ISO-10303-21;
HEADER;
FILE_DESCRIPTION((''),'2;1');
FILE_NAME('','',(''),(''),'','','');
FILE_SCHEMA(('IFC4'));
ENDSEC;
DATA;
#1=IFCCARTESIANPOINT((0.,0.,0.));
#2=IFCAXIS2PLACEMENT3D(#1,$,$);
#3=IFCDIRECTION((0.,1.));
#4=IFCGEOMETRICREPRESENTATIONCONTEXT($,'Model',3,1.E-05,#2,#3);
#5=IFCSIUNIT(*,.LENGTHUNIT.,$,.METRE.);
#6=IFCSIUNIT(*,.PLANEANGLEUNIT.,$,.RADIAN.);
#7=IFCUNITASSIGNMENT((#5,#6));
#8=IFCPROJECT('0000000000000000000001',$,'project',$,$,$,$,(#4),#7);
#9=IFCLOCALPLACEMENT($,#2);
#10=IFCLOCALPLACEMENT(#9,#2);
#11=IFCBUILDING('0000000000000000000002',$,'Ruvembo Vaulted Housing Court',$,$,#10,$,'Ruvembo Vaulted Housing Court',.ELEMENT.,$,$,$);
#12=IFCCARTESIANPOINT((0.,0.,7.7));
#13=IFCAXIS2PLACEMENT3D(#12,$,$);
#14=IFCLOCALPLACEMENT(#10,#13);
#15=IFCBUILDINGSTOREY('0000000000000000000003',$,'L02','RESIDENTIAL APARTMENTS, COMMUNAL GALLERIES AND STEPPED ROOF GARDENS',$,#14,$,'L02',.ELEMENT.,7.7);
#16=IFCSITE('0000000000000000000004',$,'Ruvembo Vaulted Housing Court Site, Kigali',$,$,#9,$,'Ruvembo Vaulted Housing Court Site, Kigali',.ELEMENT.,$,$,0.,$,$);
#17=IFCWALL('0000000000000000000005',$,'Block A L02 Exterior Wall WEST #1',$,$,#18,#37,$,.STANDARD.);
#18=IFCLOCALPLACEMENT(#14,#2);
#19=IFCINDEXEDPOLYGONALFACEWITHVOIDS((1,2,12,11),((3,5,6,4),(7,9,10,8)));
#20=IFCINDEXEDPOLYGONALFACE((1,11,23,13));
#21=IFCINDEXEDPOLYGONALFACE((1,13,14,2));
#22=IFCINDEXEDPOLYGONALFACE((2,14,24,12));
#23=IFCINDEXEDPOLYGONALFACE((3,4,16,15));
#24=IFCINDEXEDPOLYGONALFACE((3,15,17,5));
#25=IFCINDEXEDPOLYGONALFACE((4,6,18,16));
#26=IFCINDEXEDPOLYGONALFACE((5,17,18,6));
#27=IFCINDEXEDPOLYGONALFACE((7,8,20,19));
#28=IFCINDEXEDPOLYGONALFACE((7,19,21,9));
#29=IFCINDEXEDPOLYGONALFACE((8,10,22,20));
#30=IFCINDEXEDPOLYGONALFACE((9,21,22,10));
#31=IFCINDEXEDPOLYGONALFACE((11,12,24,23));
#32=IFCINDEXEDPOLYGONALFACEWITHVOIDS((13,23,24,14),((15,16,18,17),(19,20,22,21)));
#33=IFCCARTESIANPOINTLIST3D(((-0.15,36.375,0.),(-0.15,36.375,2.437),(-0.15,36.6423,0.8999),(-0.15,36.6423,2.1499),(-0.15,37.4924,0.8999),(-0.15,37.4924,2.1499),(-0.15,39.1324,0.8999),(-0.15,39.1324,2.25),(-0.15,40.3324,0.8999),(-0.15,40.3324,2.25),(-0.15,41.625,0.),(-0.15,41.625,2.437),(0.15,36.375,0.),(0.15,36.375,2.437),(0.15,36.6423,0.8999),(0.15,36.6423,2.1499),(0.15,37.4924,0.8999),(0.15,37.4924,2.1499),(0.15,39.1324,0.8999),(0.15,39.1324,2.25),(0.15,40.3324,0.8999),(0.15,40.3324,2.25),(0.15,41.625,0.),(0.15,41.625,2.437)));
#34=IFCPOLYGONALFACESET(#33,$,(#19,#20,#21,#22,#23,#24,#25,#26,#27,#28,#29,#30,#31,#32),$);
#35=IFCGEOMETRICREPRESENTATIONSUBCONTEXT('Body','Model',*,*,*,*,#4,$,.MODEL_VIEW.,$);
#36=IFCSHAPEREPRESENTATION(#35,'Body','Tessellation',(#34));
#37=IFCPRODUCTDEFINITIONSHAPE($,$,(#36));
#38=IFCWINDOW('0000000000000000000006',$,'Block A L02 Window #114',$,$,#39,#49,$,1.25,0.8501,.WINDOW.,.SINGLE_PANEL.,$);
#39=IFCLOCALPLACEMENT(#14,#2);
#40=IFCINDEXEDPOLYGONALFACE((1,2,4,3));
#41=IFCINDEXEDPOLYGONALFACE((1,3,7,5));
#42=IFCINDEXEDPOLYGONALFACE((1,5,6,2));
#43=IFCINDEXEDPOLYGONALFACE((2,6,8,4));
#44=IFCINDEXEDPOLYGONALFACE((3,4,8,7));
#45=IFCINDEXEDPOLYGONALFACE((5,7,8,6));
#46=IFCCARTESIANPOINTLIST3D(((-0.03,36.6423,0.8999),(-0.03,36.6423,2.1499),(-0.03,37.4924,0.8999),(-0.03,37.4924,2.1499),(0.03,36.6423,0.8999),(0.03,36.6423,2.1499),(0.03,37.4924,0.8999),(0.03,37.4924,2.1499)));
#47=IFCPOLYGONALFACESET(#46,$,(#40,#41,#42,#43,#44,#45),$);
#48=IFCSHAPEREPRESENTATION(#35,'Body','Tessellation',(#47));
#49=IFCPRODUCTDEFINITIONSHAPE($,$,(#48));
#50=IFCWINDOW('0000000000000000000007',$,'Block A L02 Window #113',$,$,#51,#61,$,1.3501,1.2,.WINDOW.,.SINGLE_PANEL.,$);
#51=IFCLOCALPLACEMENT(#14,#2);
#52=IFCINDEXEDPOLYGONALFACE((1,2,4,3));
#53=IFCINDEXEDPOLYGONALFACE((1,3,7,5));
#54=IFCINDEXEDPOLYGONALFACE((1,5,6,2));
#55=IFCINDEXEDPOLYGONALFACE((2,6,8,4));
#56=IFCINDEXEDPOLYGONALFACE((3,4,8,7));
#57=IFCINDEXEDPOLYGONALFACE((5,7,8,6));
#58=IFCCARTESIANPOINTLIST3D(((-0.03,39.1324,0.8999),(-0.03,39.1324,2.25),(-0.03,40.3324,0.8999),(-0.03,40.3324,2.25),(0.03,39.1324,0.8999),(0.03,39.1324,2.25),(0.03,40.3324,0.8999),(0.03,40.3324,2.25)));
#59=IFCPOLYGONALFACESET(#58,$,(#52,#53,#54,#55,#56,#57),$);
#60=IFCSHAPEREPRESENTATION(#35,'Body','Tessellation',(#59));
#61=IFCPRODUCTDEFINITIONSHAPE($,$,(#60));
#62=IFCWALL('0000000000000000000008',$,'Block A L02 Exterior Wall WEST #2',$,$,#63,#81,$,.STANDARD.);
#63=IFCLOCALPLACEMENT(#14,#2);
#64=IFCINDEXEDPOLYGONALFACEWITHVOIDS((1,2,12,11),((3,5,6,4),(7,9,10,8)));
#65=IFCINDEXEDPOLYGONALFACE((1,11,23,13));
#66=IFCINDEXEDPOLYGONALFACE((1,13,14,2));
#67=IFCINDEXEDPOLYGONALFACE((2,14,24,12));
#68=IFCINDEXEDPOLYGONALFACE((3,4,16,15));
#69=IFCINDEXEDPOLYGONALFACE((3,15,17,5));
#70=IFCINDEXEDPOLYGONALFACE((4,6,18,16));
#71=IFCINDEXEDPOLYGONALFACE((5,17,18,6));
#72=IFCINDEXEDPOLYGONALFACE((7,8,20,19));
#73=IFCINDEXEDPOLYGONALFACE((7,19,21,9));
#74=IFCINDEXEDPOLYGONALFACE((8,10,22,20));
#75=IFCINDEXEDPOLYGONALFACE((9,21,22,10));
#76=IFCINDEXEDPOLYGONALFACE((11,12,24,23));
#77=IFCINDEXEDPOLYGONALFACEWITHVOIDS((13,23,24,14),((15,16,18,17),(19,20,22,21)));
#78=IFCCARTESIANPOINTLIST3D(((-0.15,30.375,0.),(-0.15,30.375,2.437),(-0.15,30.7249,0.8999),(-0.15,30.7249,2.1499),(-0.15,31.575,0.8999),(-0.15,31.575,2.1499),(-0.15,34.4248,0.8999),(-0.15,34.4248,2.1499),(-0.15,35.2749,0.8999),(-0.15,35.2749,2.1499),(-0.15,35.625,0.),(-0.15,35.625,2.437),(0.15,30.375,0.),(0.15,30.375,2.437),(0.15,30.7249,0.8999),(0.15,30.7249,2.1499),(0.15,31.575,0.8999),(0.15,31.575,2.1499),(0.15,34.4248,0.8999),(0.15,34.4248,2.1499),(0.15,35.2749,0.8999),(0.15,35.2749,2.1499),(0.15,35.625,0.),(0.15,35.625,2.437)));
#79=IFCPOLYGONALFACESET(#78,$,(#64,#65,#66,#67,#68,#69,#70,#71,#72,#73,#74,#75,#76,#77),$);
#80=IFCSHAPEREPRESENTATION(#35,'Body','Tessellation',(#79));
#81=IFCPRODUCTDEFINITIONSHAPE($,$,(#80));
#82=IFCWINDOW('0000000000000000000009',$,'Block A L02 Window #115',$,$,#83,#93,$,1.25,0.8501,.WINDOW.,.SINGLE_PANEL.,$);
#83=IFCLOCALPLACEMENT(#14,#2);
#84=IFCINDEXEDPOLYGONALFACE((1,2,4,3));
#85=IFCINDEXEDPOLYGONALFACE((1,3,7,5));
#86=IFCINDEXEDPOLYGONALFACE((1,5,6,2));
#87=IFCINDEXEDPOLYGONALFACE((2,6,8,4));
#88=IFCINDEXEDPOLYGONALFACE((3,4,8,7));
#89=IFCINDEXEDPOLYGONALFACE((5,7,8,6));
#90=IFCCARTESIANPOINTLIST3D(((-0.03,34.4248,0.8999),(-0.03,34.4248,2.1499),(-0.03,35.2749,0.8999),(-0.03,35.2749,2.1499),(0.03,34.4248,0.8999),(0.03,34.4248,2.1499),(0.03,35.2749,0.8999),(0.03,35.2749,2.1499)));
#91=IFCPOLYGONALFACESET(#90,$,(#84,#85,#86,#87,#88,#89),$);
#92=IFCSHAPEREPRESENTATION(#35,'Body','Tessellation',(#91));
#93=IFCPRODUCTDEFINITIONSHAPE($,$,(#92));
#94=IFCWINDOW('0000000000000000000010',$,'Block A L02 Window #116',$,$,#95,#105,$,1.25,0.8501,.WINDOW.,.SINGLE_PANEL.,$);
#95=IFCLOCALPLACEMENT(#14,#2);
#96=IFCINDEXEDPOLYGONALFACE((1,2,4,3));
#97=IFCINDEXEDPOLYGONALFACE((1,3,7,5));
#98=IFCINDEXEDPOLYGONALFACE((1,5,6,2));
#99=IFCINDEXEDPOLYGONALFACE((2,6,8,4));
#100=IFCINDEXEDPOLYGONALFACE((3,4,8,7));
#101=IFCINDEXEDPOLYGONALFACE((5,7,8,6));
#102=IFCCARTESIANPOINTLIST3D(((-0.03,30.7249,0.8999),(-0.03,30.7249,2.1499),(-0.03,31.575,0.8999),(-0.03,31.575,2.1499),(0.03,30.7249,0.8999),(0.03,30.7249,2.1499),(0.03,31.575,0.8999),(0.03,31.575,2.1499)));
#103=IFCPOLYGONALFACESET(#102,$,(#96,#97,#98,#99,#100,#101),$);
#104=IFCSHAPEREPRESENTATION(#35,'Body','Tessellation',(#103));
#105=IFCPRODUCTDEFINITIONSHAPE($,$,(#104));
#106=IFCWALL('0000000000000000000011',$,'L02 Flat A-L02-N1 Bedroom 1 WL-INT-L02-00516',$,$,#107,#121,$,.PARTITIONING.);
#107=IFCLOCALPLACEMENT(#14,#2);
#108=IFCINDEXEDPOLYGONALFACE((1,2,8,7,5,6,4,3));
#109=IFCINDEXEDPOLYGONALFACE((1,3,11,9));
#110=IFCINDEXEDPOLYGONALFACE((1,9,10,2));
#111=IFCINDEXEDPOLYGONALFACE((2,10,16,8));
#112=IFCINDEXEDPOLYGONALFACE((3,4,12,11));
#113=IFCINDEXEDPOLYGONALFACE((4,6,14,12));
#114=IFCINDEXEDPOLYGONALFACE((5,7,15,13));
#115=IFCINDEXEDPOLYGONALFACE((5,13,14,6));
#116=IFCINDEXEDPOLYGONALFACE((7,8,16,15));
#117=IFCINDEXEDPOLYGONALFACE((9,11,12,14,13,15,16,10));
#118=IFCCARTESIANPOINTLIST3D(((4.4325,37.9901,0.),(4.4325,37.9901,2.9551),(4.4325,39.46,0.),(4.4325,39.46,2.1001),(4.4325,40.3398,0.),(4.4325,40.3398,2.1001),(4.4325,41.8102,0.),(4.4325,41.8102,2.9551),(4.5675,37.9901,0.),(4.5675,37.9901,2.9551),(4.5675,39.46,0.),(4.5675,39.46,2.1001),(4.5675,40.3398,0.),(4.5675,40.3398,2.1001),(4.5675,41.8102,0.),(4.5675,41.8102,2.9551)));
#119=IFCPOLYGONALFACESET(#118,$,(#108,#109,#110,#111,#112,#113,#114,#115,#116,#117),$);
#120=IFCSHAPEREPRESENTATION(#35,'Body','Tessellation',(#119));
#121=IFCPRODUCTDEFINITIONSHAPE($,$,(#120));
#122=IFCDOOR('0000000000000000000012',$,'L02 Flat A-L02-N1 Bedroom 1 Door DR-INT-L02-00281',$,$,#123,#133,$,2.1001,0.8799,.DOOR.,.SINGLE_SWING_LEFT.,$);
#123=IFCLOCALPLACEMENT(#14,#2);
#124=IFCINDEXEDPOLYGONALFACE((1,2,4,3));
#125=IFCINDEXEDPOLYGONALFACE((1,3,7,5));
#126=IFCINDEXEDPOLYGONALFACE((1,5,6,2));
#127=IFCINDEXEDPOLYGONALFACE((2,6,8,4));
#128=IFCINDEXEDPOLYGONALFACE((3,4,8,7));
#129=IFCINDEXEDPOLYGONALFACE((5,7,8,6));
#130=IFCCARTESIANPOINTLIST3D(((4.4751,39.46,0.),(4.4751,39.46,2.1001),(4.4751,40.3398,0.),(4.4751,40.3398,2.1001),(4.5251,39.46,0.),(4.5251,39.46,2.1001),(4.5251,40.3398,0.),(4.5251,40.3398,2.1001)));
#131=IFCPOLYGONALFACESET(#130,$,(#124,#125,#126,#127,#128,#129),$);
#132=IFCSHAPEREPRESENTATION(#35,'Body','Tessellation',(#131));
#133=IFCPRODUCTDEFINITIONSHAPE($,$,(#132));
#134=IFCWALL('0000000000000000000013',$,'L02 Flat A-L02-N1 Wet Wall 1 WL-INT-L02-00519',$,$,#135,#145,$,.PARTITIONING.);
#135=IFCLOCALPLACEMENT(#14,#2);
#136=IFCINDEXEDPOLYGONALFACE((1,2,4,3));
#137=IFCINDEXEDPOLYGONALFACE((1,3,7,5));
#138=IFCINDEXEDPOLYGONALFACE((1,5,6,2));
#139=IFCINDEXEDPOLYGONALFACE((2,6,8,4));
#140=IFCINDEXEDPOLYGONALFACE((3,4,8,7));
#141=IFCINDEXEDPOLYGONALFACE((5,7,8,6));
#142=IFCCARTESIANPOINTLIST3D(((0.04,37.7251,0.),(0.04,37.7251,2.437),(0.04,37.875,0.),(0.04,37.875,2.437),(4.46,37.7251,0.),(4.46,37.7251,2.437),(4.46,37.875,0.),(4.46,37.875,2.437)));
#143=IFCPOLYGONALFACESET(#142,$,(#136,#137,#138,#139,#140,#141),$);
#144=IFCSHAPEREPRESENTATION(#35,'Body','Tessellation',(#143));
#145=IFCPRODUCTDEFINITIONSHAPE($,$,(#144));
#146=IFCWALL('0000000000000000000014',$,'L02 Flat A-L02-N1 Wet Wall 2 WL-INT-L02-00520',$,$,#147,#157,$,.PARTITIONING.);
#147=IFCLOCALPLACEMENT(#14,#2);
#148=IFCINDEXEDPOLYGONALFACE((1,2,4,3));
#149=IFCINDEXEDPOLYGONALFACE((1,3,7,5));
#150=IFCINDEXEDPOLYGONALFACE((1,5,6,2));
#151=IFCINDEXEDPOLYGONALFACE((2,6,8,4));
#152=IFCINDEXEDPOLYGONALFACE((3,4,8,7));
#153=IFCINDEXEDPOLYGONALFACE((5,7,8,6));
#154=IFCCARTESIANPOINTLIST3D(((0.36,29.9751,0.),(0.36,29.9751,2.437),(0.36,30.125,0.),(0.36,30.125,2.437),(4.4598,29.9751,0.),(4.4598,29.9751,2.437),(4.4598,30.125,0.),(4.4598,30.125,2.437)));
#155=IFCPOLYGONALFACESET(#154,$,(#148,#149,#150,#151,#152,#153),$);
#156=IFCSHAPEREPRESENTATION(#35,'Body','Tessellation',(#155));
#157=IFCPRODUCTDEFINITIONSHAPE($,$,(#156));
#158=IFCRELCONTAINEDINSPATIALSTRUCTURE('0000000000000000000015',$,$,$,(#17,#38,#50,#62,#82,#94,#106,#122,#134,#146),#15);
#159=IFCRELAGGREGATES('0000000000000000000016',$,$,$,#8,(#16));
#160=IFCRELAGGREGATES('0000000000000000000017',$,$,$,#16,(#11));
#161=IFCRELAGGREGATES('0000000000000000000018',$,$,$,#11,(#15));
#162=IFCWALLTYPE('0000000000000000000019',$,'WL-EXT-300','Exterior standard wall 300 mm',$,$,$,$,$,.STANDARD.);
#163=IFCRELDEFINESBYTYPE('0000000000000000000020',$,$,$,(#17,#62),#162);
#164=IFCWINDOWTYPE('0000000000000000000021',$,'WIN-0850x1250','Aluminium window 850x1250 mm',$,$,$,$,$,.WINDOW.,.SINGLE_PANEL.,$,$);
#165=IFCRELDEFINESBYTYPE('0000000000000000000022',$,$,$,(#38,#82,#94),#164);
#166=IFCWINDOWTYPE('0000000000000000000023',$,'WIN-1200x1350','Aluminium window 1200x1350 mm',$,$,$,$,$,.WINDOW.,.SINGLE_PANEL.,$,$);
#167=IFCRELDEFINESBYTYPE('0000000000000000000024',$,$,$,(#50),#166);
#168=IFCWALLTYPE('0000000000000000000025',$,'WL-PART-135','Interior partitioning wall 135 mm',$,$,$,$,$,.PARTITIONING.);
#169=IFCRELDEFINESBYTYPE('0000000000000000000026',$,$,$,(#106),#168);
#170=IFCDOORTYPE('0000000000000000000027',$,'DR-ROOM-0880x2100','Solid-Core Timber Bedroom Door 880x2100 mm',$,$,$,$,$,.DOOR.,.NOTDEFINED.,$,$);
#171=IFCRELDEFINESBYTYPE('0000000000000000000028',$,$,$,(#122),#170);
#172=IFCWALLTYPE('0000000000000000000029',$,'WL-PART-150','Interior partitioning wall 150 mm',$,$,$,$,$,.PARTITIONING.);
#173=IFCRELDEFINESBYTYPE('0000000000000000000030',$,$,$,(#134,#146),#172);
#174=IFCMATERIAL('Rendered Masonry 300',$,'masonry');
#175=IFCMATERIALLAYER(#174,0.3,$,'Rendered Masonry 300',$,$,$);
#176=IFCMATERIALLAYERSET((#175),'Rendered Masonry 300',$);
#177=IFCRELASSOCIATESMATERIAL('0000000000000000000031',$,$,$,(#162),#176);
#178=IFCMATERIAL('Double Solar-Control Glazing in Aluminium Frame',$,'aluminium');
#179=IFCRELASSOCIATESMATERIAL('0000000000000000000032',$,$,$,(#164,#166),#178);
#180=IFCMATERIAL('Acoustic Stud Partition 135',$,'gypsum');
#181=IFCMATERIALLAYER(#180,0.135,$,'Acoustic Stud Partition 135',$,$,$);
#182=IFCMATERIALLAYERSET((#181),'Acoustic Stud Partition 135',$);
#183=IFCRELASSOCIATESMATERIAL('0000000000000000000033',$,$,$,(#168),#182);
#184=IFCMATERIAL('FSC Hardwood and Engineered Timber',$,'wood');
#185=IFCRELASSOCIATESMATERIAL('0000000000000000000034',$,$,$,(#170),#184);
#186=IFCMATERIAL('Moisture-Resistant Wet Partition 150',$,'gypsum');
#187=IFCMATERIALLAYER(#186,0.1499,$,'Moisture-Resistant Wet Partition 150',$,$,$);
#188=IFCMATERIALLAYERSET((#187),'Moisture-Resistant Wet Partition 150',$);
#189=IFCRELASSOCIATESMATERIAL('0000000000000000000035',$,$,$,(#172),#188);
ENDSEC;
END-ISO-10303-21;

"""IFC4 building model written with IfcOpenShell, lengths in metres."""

from ifc_helpers import new_model, si_unit, direction, frame, frame_2d, origin, place, context, subcontext, project, spatial, rectangle, extrude, material, layer, layer_set, type_object, element, fill, save


model = new_model("IFC4")

# Units and contexts
model_context = context("Model", 3, precision=1e-05, world=origin(), true_north=direction((0.0, 1.0)))
body_context = subcontext(model_context, "Body", "Model", "MODEL_VIEW")
ifc_project = project(units=[si_unit("LENGTHUNIT", "METRE"), si_unit("PLANEANGLEUNIT", "RADIAN")], contexts=[model_context])

# Site, building, storey
site_placement = place(None, origin())
site = spatial("IfcSite", under=ifc_project, at=site_placement, Name="Ruvembo Vaulted Housing Court Site, Kigali", LongName="Ruvembo Vaulted Housing Court Site, Kigali", CompositionType="ELEMENT", RefElevation=0.0)
building_placement = place(site_placement, origin())
building = spatial("IfcBuilding", under=site, at=building_placement, Name="Ruvembo Vaulted Housing Court", LongName="Ruvembo Vaulted Housing Court", CompositionType="ELEMENT")
storey_placement = place(building_placement, frame((0.0, 0.0, 7.7)))
storey = spatial("IfcBuildingStorey", under=building, at=storey_placement, Name="L02", Description="RESIDENTIAL APARTMENTS, COMMUNAL GALLERIES AND STEPPED ROOF GARDENS", LongName="L02", CompositionType="ELEMENT", Elevation=7.7)

# Walls, openings, windows
ifc_material_1 = material(Name="Rendered Masonry 300", Category="masonry")
ifc_layer_1 = layer(ifc_material_1, 0.3, Name="Rendered Masonry 300")
ifc_layer_set_1 = layer_set([ifc_layer_1], Name="Rendered Masonry 300")
wall_type_1 = type_object("IfcWallType", Name="WL-EXT-300", Description="Exterior standard wall 300 mm", PredefinedType="STANDARD", material=ifc_layer_set_1)
wall_1_placement = place(storey_placement, frame((0.0, 41.625, 0.0), z_axis=(0.0, 0.0, 1.0), x_axis=(0.0, -1.0, 0.0)))
wall_1 = element("IfcWall", 1, at=wall_1_placement, inside=storey, type_object=wall_type_1, Name="Block A L02 Exterior Wall WEST #1", PredefinedType="STANDARD", context=body_context, shape_type="SweptSolid", body=[
    extrude(rectangle(XDim=5.25, YDim=0.3, at=frame_2d((2.625, 0.0))), origin(), (0.0, 0.0, 1.0), 2.437),
])
opening_1_placement = place(wall_1_placement, frame((1.2925, 0.0, 0.8999)))
opening_1 = element("IfcOpeningElement", 2, at=opening_1_placement, cuts=wall_1, PredefinedType="OPENING", context=body_context, shape_type="SweptSolid", body=[
    extrude(rectangle(XDim=1.2, YDim=1.3501, at=frame_2d((0.6001, 0.675))), frame((0.0, 0.1599, 0.0), z_axis=(0.0, -1.0, 0.0), x_axis=(1.0, 0.0, 0.0)), (0.0, 0.0, 1.0), 0.3201),
])
opening_2_placement = place(wall_1_placement, frame((4.1326, 0.0, 0.8999)))
opening_2 = element("IfcOpeningElement", 3, at=opening_2_placement, cuts=wall_1, PredefinedType="OPENING", context=body_context, shape_type="SweptSolid", body=[
    extrude(rectangle(XDim=0.8501, YDim=1.25, at=frame_2d((0.425, 0.625))), frame((0.0, 0.1599, 0.0), z_axis=(0.0, -1.0, 0.0), x_axis=(1.0, 0.0, 0.0)), (0.0, 0.0, 1.0), 0.3201),
])
ifc_material_2 = material(Name="Double Solar-Control Glazing in Aluminium Frame", Category="aluminium")
window_type_1 = type_object("IfcWindowType", Name="WIN-0850x1250", Description="Aluminium window 850x1250 mm", PartitioningType="SINGLE_PANEL", PredefinedType="WINDOW", material=ifc_material_2)
window_1_placement = place(opening_2_placement, origin())
window_1 = element("IfcWindow", 4, at=window_1_placement, inside=storey, type_object=window_type_1, Name="Block A L02 Window #114", OverallHeight=1.25, OverallWidth=0.8501, PartitioningType="SINGLE_PANEL", PredefinedType="WINDOW", context=body_context, shape_type="SweptSolid", body=[
    extrude(rectangle(XDim=0.8501, YDim=1.25, at=frame_2d((0.425, 0.625))), frame((0.0, 0.03, 0.0), z_axis=(0.0, -1.0, 0.0), x_axis=(1.0, 0.0, 0.0)), (0.0, 0.0, 1.0), 0.0601),
])
fill(opening_2, window_1)
window_type_2 = type_object("IfcWindowType", Name="WIN-1200x1350", Description="Aluminium window 1200x1350 mm", PartitioningType="SINGLE_PANEL", PredefinedType="WINDOW", material=ifc_material_2)
window_2_placement = place(opening_1_placement, origin())
window_2 = element("IfcWindow", 5, at=window_2_placement, inside=storey, type_object=window_type_2, Name="Block A L02 Window #113", OverallHeight=1.3501, OverallWidth=1.2, PartitioningType="SINGLE_PANEL", PredefinedType="WINDOW", context=body_context, shape_type="SweptSolid", body=[
    extrude(rectangle(XDim=1.2, YDim=1.3501, at=frame_2d((0.6001, 0.675))), frame((0.0, 0.03, 0.0), z_axis=(0.0, -1.0, 0.0), x_axis=(1.0, 0.0, 0.0)), (0.0, 0.0, 1.0), 0.0601),
])
fill(opening_1, window_2)
wall_2_placement = place(storey_placement, frame((0.0, 35.625, 0.0), z_axis=(0.0, 0.0, 1.0), x_axis=(0.0, -1.0, 0.0)))
wall_2 = element("IfcWall", 6, at=wall_2_placement, inside=storey, type_object=wall_type_1, Name="Block A L02 Exterior Wall WEST #2", PredefinedType="STANDARD", context=body_context, shape_type="SweptSolid", body=[
    extrude(rectangle(XDim=5.25, YDim=0.3, at=frame_2d((2.625, 0.0))), origin(), (0.0, 0.0, 1.0), 2.437),
])
opening_3_placement = place(wall_2_placement, frame((0.3501, 0.0, 0.8999)))
opening_3 = element("IfcOpeningElement", 7, at=opening_3_placement, cuts=wall_2, PredefinedType="OPENING", context=body_context, shape_type="SweptSolid", body=[
    extrude(rectangle(XDim=0.8501, YDim=1.25, at=frame_2d((0.425, 0.625))), frame((0.0, 0.1599, 0.0), z_axis=(0.0, -1.0, 0.0), x_axis=(1.0, 0.0, 0.0)), (0.0, 0.0, 1.0), 0.3201),
])
opening_4_placement = place(wall_2_placement, frame((4.05, 0.0, 0.8999)))
opening_4 = element("IfcOpeningElement", 8, at=opening_4_placement, cuts=wall_2, PredefinedType="OPENING", context=body_context, shape_type="SweptSolid", body=[
    extrude(rectangle(XDim=0.8501, YDim=1.25, at=frame_2d((0.425, 0.625))), frame((0.0, 0.1599, 0.0), z_axis=(0.0, -1.0, 0.0), x_axis=(1.0, 0.0, 0.0)), (0.0, 0.0, 1.0), 0.3201),
])
window_3_placement = place(opening_3_placement, origin())
window_3 = element("IfcWindow", 9, at=window_3_placement, inside=storey, type_object=window_type_1, Name="Block A L02 Window #115", OverallHeight=1.25, OverallWidth=0.8501, PartitioningType="SINGLE_PANEL", PredefinedType="WINDOW", context=body_context, shape_type="SweptSolid", body=[
    extrude(rectangle(XDim=0.8501, YDim=1.25, at=frame_2d((0.425, 0.625))), frame((0.0, 0.03, 0.0), z_axis=(0.0, -1.0, 0.0), x_axis=(1.0, 0.0, 0.0)), (0.0, 0.0, 1.0), 0.0601),
])
fill(opening_3, window_3)
window_4_placement = place(opening_4_placement, origin())
window_4 = element("IfcWindow", 10, at=window_4_placement, inside=storey, type_object=window_type_1, Name="Block A L02 Window #116", OverallHeight=1.25, OverallWidth=0.8501, PartitioningType="SINGLE_PANEL", PredefinedType="WINDOW", context=body_context, shape_type="SweptSolid", body=[
    extrude(rectangle(XDim=0.8501, YDim=1.25, at=frame_2d((0.425, 0.625))), frame((0.0, 0.03, 0.0), z_axis=(0.0, -1.0, 0.0), x_axis=(1.0, 0.0, 0.0)), (0.0, 0.0, 1.0), 0.0601),
])
fill(opening_4, window_4)

# Wall, opening, door
ifc_material_3 = material(Name="Acoustic Stud Partition 135", Category="gypsum")
ifc_layer_2 = layer(ifc_material_3, 0.135, Name="Acoustic Stud Partition 135")
ifc_layer_set_2 = layer_set([ifc_layer_2], Name="Acoustic Stud Partition 135")
wall_type_2 = type_object("IfcWallType", Name="WL-PART-135", Description="Interior partitioning wall 135 mm", PredefinedType="PARTITIONING", material=ifc_layer_set_2)
wall_3_placement = place(storey_placement, frame((4.5, 37.99, 0.0), z_axis=(0.0, 0.0, 1.0), x_axis=(0.0, 1.0, 0.0)))
wall_3 = element("IfcWall", 11, at=wall_3_placement, inside=storey, type_object=wall_type_2, Name="L02 Flat A-L02-N1 Bedroom 1 WL-INT-L02-00516", PredefinedType="PARTITIONING", context=body_context, shape_type="SweptSolid", body=[
    extrude(rectangle(XDim=3.8201, YDim=0.135, at=frame_2d((1.9102, 0.0))), origin(), (0.0, 0.0, 1.0), 2.9551),
])
opening_5_placement = place(wall_3_placement, frame((1.47, 0.0, 0.0)))
opening_5 = element("IfcOpeningElement", 12, at=opening_5_placement, cuts=wall_3, PredefinedType="OPENING", context=body_context, shape_type="SweptSolid", body=[
    extrude(rectangle(XDim=0.8799, YDim=2.1001, at=frame_2d((0.4399, 1.05))), frame((0.0, 0.0774, 0.0), z_axis=(0.0, -1.0, 0.0), x_axis=(1.0, 0.0, 0.0)), (0.0, 0.0, 1.0), 0.155),
])
ifc_material_4 = material(Name="FSC Hardwood and Engineered Timber", Category="wood")
door_type_1 = type_object("IfcDoorType", Name="DR-ROOM-0880x2100", Description="Solid-Core Timber Bedroom Door 880x2100 mm", OperationType="NOTDEFINED", PredefinedType="DOOR", material=ifc_material_4)
door_1_placement = place(opening_5_placement, origin())
door_1 = element("IfcDoor", 13, at=door_1_placement, inside=storey, type_object=door_type_1, Name="L02 Flat A-L02-N1 Bedroom 1 Door DR-INT-L02-00281", OperationType="SINGLE_SWING_LEFT", OverallHeight=2.1001, OverallWidth=0.8799, PredefinedType="DOOR", context=body_context, shape_type="SweptSolid", body=[
    extrude(rectangle(XDim=0.8799, YDim=2.1001, at=frame_2d((0.4399, 1.05))), frame((0.0, 0.0249, 0.0), z_axis=(0.0, -1.0, 0.0), x_axis=(1.0, 0.0, 0.0)), (0.0, 0.0, 1.0), 0.05),
])
fill(opening_5, door_1)

# Walls
ifc_material_5 = material(Name="Moisture-Resistant Wet Partition 150", Category="gypsum")
ifc_layer_3 = layer(ifc_material_5, 0.1499, Name="Moisture-Resistant Wet Partition 150")
ifc_layer_set_3 = layer_set([ifc_layer_3], Name="Moisture-Resistant Wet Partition 150")
wall_type_3 = type_object("IfcWallType", Name="WL-PART-150", Description="Interior partitioning wall 150 mm", PredefinedType="PARTITIONING", material=ifc_layer_set_3)
wall_4_placement = place(storey_placement, frame((0.04, 37.8, 0.0), z_axis=(0.0, 0.0, 1.0), x_axis=(1.0, 0.0, 0.0)))
element("IfcWall", 14, at=wall_4_placement, inside=storey, type_object=wall_type_3, Name="L02 Flat A-L02-N1 Wet Wall 1 WL-INT-L02-00519", PredefinedType="PARTITIONING", context=body_context, shape_type="SweptSolid", body=[
    extrude(rectangle(XDim=4.4199, YDim=0.1499, at=frame_2d((2.21, 0.0))), origin(), (0.0, 0.0, 1.0), 2.437),
])
wall_5_placement = place(storey_placement, frame((0.3601, 30.05, 0.0), z_axis=(0.0, 0.0, 1.0), x_axis=(1.0, 0.0, 0.0)))
element("IfcWall", 15, at=wall_5_placement, inside=storey, type_object=wall_type_3, Name="L02 Flat A-L02-N1 Wet Wall 2 WL-INT-L02-00520", PredefinedType="PARTITIONING", context=body_context, shape_type="SweptSolid", body=[
    extrude(rectangle(XDim=4.0999, YDim=0.1499, at=frame_2d((2.0498, 0.0))), origin(), (0.0, 0.0, 1.0), 2.437),
])

save(model, "model.ifc")
